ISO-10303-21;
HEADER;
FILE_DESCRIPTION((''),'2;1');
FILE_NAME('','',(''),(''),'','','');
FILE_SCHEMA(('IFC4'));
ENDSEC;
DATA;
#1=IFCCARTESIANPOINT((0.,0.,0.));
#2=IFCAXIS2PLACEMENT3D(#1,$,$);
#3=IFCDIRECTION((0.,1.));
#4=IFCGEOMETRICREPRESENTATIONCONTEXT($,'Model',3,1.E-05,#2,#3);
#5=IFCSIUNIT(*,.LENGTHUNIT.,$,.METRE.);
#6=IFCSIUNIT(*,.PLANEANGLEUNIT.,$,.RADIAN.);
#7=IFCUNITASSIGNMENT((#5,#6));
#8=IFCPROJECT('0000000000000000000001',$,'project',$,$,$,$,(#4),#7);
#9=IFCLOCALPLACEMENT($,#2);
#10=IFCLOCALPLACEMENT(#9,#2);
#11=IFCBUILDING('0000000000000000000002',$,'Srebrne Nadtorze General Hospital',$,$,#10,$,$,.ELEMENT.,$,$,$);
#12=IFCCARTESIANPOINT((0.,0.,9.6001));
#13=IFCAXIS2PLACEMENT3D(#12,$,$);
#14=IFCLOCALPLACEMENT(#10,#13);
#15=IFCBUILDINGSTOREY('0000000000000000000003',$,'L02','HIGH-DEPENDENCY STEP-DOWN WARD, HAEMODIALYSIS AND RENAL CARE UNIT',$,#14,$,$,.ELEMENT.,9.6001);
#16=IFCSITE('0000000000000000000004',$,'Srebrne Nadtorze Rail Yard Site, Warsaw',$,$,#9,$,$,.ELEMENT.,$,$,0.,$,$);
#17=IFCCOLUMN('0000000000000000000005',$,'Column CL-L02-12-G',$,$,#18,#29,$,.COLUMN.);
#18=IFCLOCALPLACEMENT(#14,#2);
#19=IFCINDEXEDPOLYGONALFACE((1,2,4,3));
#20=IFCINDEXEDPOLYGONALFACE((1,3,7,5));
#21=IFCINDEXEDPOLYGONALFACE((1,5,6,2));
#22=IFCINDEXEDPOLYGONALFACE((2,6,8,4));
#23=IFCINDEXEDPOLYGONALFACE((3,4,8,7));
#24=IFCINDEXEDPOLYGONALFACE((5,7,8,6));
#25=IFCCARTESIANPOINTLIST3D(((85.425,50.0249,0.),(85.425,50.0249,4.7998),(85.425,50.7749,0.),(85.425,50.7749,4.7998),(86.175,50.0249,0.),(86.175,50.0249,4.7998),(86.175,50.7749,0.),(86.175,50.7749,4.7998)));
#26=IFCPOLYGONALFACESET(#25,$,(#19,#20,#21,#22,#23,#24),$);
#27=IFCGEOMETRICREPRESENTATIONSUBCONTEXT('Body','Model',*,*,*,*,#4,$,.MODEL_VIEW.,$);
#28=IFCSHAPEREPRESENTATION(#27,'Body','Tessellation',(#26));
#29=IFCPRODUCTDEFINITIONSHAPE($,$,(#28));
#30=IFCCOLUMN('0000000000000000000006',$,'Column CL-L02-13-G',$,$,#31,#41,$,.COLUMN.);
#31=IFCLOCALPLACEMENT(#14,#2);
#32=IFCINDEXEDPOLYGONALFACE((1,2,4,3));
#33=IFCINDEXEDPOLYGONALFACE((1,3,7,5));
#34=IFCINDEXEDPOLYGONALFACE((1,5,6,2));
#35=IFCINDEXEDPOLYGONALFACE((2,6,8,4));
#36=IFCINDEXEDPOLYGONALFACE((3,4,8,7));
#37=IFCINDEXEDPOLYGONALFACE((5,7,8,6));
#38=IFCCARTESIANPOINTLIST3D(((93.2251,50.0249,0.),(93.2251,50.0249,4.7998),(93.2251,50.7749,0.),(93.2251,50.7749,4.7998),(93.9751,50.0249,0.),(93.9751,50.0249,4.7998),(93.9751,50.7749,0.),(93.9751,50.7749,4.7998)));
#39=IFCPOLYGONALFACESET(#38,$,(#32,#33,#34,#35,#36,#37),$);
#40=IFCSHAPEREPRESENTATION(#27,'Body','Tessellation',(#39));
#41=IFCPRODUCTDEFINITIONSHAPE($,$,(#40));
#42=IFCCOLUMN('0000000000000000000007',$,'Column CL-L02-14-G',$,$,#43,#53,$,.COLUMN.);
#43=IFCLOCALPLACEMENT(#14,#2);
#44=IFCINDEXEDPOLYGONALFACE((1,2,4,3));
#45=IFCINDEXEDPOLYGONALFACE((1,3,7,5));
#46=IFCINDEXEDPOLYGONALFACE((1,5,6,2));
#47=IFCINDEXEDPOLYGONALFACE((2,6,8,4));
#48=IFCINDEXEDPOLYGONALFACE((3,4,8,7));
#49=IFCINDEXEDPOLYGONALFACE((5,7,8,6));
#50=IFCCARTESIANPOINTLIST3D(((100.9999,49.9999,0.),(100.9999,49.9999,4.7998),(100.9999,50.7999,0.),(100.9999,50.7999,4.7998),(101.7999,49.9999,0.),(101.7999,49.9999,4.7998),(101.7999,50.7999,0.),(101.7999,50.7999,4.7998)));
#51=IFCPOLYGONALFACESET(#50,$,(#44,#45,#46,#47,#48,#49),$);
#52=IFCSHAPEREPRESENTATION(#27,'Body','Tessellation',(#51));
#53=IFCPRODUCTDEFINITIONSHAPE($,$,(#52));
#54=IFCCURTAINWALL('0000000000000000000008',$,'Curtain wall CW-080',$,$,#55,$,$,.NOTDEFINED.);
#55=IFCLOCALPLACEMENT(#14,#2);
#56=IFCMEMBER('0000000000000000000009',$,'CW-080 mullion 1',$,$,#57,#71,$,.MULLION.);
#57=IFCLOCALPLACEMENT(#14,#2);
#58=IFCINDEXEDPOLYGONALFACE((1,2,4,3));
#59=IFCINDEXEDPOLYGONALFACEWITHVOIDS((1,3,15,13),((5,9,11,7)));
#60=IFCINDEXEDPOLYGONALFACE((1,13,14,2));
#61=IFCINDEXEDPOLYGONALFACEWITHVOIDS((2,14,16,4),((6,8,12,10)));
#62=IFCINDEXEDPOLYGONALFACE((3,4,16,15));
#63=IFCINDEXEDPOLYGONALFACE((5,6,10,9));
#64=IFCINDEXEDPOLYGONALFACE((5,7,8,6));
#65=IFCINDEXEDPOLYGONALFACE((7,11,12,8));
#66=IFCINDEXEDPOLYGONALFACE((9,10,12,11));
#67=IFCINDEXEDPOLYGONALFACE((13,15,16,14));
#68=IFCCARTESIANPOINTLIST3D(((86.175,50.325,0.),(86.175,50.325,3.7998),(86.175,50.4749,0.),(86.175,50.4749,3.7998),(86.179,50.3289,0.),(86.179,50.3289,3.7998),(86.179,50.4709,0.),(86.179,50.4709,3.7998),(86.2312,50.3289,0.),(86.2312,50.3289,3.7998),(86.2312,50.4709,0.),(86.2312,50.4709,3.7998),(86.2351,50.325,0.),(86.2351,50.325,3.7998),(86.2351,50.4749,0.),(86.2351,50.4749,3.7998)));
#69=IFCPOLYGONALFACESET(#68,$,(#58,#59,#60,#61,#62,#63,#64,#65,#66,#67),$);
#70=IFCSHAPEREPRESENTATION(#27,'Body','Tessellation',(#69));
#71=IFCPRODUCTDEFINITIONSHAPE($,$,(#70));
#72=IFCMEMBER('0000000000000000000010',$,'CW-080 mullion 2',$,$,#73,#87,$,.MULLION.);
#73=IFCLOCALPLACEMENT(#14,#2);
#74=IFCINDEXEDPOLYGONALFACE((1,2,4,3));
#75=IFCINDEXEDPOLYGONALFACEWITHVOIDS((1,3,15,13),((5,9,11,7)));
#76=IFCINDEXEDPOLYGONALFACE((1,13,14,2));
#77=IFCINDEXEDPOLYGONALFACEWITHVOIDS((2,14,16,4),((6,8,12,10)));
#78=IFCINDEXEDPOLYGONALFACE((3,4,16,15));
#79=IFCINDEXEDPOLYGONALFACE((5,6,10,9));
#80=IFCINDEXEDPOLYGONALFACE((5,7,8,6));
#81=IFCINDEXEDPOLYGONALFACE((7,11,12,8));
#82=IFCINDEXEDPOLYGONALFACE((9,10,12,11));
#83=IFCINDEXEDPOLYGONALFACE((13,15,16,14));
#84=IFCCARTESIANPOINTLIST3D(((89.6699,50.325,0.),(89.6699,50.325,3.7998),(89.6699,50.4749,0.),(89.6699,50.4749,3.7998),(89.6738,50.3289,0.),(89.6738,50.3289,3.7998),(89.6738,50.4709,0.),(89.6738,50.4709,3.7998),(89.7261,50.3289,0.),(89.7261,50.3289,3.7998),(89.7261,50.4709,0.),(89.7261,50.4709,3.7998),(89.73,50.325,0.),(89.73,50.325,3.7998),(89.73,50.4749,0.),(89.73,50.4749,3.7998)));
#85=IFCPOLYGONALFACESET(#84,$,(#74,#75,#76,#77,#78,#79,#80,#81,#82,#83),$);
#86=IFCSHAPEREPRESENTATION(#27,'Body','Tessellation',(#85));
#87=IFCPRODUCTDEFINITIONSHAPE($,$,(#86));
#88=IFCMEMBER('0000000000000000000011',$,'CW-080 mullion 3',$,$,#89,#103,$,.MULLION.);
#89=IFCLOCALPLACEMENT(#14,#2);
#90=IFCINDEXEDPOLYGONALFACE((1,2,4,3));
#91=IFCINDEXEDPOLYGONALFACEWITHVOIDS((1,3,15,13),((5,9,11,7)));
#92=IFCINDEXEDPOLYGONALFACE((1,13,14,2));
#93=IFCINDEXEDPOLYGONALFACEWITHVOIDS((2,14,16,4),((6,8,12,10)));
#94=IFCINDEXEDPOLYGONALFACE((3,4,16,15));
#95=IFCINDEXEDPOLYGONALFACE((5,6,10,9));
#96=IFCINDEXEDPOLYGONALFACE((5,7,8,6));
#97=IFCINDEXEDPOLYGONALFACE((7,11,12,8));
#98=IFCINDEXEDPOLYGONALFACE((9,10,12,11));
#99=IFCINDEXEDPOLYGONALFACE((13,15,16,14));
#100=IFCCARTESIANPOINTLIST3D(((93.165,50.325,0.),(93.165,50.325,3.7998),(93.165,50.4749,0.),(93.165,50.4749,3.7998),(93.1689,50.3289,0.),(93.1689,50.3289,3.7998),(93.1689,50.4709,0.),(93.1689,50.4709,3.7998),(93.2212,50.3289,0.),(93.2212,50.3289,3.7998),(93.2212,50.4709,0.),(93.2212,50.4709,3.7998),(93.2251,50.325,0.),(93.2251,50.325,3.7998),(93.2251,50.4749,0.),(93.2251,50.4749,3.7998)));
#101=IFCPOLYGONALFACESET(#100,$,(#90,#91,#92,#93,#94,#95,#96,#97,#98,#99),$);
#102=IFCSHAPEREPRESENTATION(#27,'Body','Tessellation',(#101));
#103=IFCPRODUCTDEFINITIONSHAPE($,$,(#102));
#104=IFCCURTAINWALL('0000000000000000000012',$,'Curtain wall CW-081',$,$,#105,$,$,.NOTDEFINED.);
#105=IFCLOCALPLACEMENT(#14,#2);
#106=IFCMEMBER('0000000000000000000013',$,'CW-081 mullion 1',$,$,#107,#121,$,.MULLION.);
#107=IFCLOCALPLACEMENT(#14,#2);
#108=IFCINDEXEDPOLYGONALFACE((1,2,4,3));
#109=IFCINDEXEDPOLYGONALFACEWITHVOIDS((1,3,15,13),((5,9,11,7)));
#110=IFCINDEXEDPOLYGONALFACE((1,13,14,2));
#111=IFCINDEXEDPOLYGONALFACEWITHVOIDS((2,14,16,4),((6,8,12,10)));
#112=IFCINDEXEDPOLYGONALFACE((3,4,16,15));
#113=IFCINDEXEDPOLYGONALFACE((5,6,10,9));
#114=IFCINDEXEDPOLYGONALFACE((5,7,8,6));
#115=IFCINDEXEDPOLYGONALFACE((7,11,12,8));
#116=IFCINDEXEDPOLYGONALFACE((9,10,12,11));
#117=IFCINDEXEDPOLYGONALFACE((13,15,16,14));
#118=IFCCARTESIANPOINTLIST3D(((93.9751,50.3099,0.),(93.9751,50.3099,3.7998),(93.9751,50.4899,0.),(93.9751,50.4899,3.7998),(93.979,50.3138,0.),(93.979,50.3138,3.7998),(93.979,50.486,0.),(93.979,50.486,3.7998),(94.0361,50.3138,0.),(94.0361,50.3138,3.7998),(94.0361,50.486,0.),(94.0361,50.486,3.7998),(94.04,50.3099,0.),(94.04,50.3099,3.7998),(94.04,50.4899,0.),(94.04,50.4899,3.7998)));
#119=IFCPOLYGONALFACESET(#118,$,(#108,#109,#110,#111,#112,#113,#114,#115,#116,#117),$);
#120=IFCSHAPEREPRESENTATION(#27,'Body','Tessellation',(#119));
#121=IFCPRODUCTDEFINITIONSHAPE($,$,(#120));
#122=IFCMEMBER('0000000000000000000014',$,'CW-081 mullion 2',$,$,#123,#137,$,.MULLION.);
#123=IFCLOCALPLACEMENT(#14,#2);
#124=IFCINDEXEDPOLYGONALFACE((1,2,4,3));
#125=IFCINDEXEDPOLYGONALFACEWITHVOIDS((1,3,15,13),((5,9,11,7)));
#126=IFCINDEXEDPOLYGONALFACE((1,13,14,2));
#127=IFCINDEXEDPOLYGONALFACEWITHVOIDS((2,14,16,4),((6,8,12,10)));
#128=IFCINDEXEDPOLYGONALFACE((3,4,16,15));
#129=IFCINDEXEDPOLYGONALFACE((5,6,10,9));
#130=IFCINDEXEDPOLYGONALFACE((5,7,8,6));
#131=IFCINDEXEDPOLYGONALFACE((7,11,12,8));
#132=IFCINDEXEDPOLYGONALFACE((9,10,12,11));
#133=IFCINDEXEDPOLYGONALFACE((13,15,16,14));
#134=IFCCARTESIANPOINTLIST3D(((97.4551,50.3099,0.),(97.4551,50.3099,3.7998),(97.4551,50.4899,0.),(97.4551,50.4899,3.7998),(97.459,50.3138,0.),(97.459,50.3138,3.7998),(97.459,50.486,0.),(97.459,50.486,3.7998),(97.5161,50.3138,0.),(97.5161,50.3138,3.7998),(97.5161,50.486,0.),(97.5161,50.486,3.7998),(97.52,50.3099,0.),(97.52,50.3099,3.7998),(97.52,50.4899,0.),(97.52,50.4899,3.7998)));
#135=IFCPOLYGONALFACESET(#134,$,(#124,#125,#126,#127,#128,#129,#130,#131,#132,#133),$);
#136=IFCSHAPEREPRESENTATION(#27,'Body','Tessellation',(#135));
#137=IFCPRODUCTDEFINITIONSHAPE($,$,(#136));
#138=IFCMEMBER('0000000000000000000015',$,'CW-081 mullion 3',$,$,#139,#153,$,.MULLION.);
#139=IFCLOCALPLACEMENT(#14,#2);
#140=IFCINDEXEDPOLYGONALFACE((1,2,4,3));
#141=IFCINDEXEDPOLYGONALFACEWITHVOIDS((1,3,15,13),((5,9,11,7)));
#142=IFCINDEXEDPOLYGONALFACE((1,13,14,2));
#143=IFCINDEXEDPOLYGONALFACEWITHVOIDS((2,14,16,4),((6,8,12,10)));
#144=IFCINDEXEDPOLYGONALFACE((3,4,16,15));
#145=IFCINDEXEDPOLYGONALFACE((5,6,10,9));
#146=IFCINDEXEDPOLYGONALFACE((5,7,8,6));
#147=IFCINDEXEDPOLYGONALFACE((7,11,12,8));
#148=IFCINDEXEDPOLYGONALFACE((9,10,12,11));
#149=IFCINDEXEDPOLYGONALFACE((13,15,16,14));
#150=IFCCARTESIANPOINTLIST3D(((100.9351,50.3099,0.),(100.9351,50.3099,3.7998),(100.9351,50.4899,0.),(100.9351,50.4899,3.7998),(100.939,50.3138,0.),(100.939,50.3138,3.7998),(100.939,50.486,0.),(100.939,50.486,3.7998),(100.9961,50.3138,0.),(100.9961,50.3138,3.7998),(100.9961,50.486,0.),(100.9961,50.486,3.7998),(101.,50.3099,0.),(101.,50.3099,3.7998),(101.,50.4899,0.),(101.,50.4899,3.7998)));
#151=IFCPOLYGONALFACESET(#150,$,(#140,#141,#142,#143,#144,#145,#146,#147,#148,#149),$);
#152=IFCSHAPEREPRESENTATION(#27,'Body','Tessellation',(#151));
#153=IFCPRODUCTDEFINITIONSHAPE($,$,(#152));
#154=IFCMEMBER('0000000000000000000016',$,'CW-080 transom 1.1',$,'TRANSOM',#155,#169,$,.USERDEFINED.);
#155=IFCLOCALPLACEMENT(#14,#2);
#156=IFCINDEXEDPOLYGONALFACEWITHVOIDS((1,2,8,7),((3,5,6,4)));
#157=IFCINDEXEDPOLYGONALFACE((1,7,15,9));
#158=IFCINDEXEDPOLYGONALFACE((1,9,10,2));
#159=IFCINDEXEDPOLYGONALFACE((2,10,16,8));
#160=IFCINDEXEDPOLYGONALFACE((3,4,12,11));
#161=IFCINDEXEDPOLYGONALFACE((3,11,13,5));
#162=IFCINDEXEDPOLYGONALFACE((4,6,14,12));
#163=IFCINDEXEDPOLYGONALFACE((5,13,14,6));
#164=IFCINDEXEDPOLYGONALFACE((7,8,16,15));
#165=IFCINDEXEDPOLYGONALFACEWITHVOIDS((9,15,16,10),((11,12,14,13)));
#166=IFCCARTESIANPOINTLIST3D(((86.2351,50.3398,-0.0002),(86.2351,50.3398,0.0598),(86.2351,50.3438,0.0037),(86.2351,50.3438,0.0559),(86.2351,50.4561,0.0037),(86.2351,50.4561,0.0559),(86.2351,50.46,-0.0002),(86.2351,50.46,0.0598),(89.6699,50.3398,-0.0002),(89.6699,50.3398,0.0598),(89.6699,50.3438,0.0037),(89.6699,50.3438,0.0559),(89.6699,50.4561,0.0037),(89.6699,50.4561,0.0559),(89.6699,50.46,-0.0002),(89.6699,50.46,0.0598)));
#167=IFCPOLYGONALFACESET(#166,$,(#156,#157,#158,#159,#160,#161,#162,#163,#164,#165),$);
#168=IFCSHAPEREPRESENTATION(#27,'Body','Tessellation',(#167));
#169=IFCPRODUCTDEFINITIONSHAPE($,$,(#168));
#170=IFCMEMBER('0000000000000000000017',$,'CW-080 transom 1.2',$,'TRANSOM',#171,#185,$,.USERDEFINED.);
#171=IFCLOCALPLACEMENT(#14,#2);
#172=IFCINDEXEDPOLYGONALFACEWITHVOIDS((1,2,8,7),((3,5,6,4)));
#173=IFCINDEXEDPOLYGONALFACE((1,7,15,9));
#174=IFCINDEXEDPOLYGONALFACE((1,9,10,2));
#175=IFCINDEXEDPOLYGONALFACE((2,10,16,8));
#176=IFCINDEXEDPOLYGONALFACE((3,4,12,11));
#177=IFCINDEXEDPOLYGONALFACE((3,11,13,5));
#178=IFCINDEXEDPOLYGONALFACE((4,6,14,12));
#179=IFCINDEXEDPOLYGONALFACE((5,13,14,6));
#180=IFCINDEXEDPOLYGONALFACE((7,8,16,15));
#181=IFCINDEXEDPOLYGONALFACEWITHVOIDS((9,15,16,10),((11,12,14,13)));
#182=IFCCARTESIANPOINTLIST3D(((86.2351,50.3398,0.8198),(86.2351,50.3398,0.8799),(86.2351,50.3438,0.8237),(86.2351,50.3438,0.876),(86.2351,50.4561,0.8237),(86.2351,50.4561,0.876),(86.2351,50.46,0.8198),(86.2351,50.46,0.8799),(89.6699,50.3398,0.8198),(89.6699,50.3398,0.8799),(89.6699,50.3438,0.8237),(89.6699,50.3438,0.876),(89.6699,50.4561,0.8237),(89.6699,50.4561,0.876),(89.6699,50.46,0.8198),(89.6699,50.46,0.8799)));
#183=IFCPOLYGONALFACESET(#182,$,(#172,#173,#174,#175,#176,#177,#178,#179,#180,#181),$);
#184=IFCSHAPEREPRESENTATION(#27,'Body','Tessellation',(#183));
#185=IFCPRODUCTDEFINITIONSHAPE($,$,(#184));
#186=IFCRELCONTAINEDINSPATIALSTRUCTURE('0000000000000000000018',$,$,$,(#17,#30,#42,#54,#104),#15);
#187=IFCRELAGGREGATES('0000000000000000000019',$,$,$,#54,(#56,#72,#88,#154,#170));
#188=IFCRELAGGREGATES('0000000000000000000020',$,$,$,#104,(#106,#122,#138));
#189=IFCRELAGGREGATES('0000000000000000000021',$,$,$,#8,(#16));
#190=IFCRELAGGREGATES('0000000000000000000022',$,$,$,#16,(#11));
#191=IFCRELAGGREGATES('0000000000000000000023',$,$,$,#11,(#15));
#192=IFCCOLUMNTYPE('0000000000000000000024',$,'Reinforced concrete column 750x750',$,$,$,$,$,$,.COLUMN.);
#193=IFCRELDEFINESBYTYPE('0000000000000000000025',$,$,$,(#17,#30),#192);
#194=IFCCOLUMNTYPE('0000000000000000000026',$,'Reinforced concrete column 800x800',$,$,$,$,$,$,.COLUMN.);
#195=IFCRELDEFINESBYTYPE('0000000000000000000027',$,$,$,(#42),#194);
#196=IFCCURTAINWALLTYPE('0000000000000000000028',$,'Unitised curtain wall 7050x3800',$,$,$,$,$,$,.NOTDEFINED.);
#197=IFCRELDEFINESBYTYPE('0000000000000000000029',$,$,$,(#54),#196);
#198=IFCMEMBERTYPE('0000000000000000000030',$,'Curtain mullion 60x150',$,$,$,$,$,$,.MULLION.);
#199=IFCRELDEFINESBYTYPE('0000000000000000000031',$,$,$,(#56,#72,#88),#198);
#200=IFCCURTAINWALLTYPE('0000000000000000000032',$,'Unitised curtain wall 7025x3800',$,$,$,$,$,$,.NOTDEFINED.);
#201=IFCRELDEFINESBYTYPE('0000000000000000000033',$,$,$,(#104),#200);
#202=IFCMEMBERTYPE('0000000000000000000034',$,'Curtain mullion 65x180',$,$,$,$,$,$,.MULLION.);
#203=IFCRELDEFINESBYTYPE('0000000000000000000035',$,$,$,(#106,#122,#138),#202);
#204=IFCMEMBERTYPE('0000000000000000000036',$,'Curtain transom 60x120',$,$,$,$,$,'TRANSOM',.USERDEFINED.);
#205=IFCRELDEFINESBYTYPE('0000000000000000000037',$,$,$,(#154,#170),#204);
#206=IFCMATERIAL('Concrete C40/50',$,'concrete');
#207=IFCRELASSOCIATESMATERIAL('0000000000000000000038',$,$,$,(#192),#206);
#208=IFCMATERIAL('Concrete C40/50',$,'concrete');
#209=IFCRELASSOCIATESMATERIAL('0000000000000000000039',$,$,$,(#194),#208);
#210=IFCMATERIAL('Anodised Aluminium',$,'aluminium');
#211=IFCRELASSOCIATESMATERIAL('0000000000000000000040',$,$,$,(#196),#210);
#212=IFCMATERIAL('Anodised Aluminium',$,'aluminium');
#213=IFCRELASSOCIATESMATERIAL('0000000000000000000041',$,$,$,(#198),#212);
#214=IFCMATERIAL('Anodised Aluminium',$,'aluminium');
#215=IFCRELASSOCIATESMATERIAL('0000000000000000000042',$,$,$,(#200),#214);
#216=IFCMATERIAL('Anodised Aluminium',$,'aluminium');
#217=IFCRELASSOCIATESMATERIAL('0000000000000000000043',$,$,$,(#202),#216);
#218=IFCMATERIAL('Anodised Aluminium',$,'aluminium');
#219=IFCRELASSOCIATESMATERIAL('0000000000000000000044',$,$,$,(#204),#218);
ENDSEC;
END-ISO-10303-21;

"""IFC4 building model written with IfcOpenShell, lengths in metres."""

from ifc_helpers import new_model, si_unit, direction, frame, origin, origin_2d, place, context, subcontext, project, spatial, rectangle, hollow_rectangle, extrude, material, material_profile, profile_set, type_object, element, aggregate, save


model = new_model("IFC4")

# Units and contexts
model_context = context("Model", 3, precision=1e-05, world=origin(), true_north=direction((0.0, 1.0)))
body_context = subcontext(model_context, "Body", "Model", "MODEL_VIEW")
ifc_project = project(units=[si_unit("LENGTHUNIT", "METRE"), si_unit("PLANEANGLEUNIT", "RADIAN")], contexts=[model_context])

# Site, building, storey
site_placement = place(None, origin())
site = spatial("IfcSite", under=ifc_project, at=site_placement, Name="Srebrne Nadtorze Rail Yard Site, Warsaw", CompositionType="ELEMENT", RefElevation=0.0)
building_placement = place(site_placement, origin())
building = spatial("IfcBuilding", under=site, at=building_placement, Name="Srebrne Nadtorze General Hospital", CompositionType="ELEMENT")
storey_placement = place(building_placement, frame((0.0, 0.0, 9.6001)))
storey = spatial("IfcBuildingStorey", under=building, at=storey_placement, Name="L02", Description="HIGH-DEPENDENCY STEP-DOWN WARD, HAEMODIALYSIS AND RENAL CARE UNIT", CompositionType="ELEMENT", Elevation=9.6001)

# Columns
ifc_material_1 = material(Name="Concrete C40/50", Category="concrete")
ifc_material_profile_1 = material_profile(ifc_material_1, rectangle(XDim=0.75, YDim=0.75, at=origin_2d()), Name="RC-COL-750x750")
ifc_profile_set_1 = profile_set([ifc_material_profile_1], Name="Concrete C40/50")
column_type_1 = type_object("IfcColumnType", Name="Reinforced concrete column 750x750", PredefinedType="COLUMN", material=ifc_profile_set_1)
for number, where, z_axis, x_axis, name in (
    (1, (85.8, 50.3999, 0.0), (0.0, 0.0, 1.0), (1.0, 0.0, 0.0), "Column CL-L02-12-G"),
    (2, (93.6001, 50.3999, 0.0), (0.0, 0.0, 1.0), (1.0, 0.0, 0.0), "Column CL-L02-13-G"),
):
    element("IfcColumn", number, at=place(storey_placement, frame(where, z_axis=z_axis, x_axis=x_axis)), inside=storey, type_object=column_type_1, Name=name, PredefinedType="COLUMN", context=body_context, shape_type="SweptSolid", body=[
        extrude(rectangle(XDim=0.75, YDim=0.75, at=origin_2d()), origin(), (0.0, 0.0, 1.0), 4.7998),
    ])
ifc_material_2 = material(Name="Concrete C40/50", Category="concrete")
ifc_material_profile_2 = material_profile(ifc_material_2, rectangle(XDim=0.8, YDim=0.8, at=origin_2d()), Name="RC-COL-800x800")
ifc_profile_set_2 = profile_set([ifc_material_profile_2], Name="Concrete C40/50")
column_type_2 = type_object("IfcColumnType", Name="Reinforced concrete column 800x800", PredefinedType="COLUMN", material=ifc_profile_set_2)
column_placement = place(storey_placement, frame((101.3999, 50.3999, 0.0), z_axis=(0.0, 0.0, 1.0), x_axis=(1.0, 0.0, 0.0)))
element("IfcColumn", 3, at=column_placement, inside=storey, type_object=column_type_2, Name="Column CL-L02-14-G", PredefinedType="COLUMN", context=body_context, shape_type="SweptSolid", body=[
    extrude(rectangle(XDim=0.8, YDim=0.8, at=origin_2d()), origin(), (0.0, 0.0, 1.0), 4.7998),
])

# Curtain walls, members
ifc_material_3 = material(Name="Anodised Aluminium", Category="aluminium")
curtain_wall_type_1 = type_object("IfcCurtainWallType", Name="Unitised curtain wall 7050x3800", PredefinedType="NOTDEFINED", material=ifc_material_3)
curtain_wall_1_placement = place(storey_placement, origin())
curtain_wall_1 = element("IfcCurtainWall", 4, at=curtain_wall_1_placement, inside=storey, type_object=curtain_wall_type_1, Name="Curtain wall CW-080", PredefinedType="NOTDEFINED")
ifc_material_4 = material(Name="Anodised Aluminium", Category="aluminium")
ifc_material_profile_3 = material_profile(ifc_material_4, hollow_rectangle(XDim=0.0601, YDim=0.1499, WallThickness=0.0039, at=origin_2d()), Name="AL-MUL-60x150")
ifc_profile_set_3 = profile_set([ifc_material_profile_3], Name="Anodised Aluminium")
member_type_1 = type_object("IfcMemberType", Name="Curtain mullion 60x150", PredefinedType="MULLION", material=ifc_profile_set_3)
member_1_placement = place(storey_placement, frame((86.2051, 50.3999, 0.0), z_axis=(0.0, 0.0, 1.0), x_axis=(1.0, 0.0, 0.0)))
member_1 = element("IfcMember", 5, at=member_1_placement, type_object=member_type_1, Name="CW-080 mullion 1", PredefinedType="MULLION", context=body_context, shape_type="SweptSolid", body=[
    extrude(hollow_rectangle(XDim=0.0601, YDim=0.1499, WallThickness=0.0039, at=origin_2d()), origin(), (0.0, 0.0, 1.0), 3.7998),
])
member_2_placement = place(storey_placement, frame((89.7, 50.3999, 0.0), z_axis=(0.0, 0.0, 1.0), x_axis=(1.0, 0.0, 0.0)))
member_2 = element("IfcMember", 6, at=member_2_placement, type_object=member_type_1, Name="CW-080 mullion 2", PredefinedType="MULLION", context=body_context, shape_type="SweptSolid", body=[
    extrude(hollow_rectangle(XDim=0.0601, YDim=0.1499, WallThickness=0.0039, at=origin_2d()), origin(), (0.0, 0.0, 1.0), 3.7998),
])
member_3_placement = place(storey_placement, frame((93.1951, 50.3999, 0.0), z_axis=(0.0, 0.0, 1.0), x_axis=(1.0, 0.0, 0.0)))
member_3 = element("IfcMember", 7, at=member_3_placement, type_object=member_type_1, Name="CW-080 mullion 3", PredefinedType="MULLION", context=body_context, shape_type="SweptSolid", body=[
    extrude(hollow_rectangle(XDim=0.0601, YDim=0.1499, WallThickness=0.0039, at=origin_2d()), origin(), (0.0, 0.0, 1.0), 3.7998),
])
ifc_material_5 = material(Name="Anodised Aluminium", Category="aluminium")
curtain_wall_type_2 = type_object("IfcCurtainWallType", Name="Unitised curtain wall 7025x3800", PredefinedType="NOTDEFINED", material=ifc_material_5)
curtain_wall_2_placement = place(storey_placement, origin())
curtain_wall_2 = element("IfcCurtainWall", 8, at=curtain_wall_2_placement, inside=storey, type_object=curtain_wall_type_2, Name="Curtain wall CW-081", PredefinedType="NOTDEFINED")
ifc_material_6 = material(Name="Anodised Aluminium", Category="aluminium")
ifc_material_profile_4 = material_profile(ifc_material_6, hollow_rectangle(XDim=0.0649, YDim=0.1799, WallThickness=0.0039, at=origin_2d()), Name="AL-MUL-65x180")
ifc_profile_set_4 = profile_set([ifc_material_profile_4], Name="Anodised Aluminium")
member_type_2 = type_object("IfcMemberType", Name="Curtain mullion 65x180", PredefinedType="MULLION", material=ifc_profile_set_4)
member_4_placement = place(storey_placement, frame((94.0076, 50.3999, 0.0), z_axis=(0.0, 0.0, 1.0), x_axis=(1.0, 0.0, 0.0)))
member_4 = element("IfcMember", 9, at=member_4_placement, type_object=member_type_2, Name="CW-081 mullion 1", PredefinedType="MULLION", context=body_context, shape_type="SweptSolid", body=[
    extrude(hollow_rectangle(XDim=0.0649, YDim=0.1799, WallThickness=0.0039, at=origin_2d()), origin(), (0.0, 0.0, 1.0), 3.7998),
])
member_5_placement = place(storey_placement, frame((97.4875, 50.3999, 0.0), z_axis=(0.0, 0.0, 1.0), x_axis=(1.0, 0.0, 0.0)))
member_5 = element("IfcMember", 10, at=member_5_placement, type_object=member_type_2, Name="CW-081 mullion 2", PredefinedType="MULLION", context=body_context, shape_type="SweptSolid", body=[
    extrude(hollow_rectangle(XDim=0.0649, YDim=0.1799, WallThickness=0.0039, at=origin_2d()), origin(), (0.0, 0.0, 1.0), 3.7998),
])
member_6_placement = place(storey_placement, frame((100.9675, 50.3999, 0.0), z_axis=(0.0, 0.0, 1.0), x_axis=(1.0, 0.0, 0.0)))
member_6 = element("IfcMember", 11, at=member_6_placement, type_object=member_type_2, Name="CW-081 mullion 3", PredefinedType="MULLION", context=body_context, shape_type="SweptSolid", body=[
    extrude(hollow_rectangle(XDim=0.0649, YDim=0.1799, WallThickness=0.0039, at=origin_2d()), origin(), (0.0, 0.0, 1.0), 3.7998),
])

# Members
ifc_material_7 = material(Name="Anodised Aluminium", Category="aluminium")
ifc_material_profile_5 = material_profile(ifc_material_7, hollow_rectangle(XDim=0.0601, YDim=0.1201, WallThickness=0.0039, at=origin_2d()), Name="AL-TRN-60x120")
ifc_profile_set_5 = profile_set([ifc_material_profile_5], Name="Anodised Aluminium")
member_type_3 = type_object("IfcMemberType", Name="Curtain transom 60x120", ElementType="TRANSOM", PredefinedType="USERDEFINED", material=ifc_profile_set_5)
member_7_placement = place(storey_placement, frame((86.2351, 50.3999, 0.0298), z_axis=(1.0, 0.0, 0.0), x_axis=(0.0, 0.0, 1.0)))
member_7 = element("IfcMember", 12, at=member_7_placement, type_object=member_type_3, Name="CW-080 transom 1.1", ObjectType="TRANSOM", PredefinedType="USERDEFINED", context=body_context, shape_type="SweptSolid", body=[
    extrude(hollow_rectangle(XDim=0.0601, YDim=0.1201, WallThickness=0.0039, at=origin_2d()), origin(), (0.0, 0.0, 1.0), 3.4348),
])
member_8_placement = place(storey_placement, frame((86.2351, 50.3999, 0.8499), z_axis=(1.0, 0.0, 0.0), x_axis=(0.0, 0.0, 1.0)))
member_8 = element("IfcMember", 13, at=member_8_placement, type_object=member_type_3, Name="CW-080 transom 1.2", ObjectType="TRANSOM", PredefinedType="USERDEFINED", context=body_context, shape_type="SweptSolid", body=[
    extrude(hollow_rectangle(XDim=0.0601, YDim=0.1201, WallThickness=0.0039, at=origin_2d()), origin(), (0.0, 0.0, 1.0), 3.4348),
])

aggregate(curtain_wall_1, [member_1, member_2, member_3, member_7, member_8])
aggregate(curtain_wall_2, [member_4, member_5, member_6])

save(model, "model.ifc")
